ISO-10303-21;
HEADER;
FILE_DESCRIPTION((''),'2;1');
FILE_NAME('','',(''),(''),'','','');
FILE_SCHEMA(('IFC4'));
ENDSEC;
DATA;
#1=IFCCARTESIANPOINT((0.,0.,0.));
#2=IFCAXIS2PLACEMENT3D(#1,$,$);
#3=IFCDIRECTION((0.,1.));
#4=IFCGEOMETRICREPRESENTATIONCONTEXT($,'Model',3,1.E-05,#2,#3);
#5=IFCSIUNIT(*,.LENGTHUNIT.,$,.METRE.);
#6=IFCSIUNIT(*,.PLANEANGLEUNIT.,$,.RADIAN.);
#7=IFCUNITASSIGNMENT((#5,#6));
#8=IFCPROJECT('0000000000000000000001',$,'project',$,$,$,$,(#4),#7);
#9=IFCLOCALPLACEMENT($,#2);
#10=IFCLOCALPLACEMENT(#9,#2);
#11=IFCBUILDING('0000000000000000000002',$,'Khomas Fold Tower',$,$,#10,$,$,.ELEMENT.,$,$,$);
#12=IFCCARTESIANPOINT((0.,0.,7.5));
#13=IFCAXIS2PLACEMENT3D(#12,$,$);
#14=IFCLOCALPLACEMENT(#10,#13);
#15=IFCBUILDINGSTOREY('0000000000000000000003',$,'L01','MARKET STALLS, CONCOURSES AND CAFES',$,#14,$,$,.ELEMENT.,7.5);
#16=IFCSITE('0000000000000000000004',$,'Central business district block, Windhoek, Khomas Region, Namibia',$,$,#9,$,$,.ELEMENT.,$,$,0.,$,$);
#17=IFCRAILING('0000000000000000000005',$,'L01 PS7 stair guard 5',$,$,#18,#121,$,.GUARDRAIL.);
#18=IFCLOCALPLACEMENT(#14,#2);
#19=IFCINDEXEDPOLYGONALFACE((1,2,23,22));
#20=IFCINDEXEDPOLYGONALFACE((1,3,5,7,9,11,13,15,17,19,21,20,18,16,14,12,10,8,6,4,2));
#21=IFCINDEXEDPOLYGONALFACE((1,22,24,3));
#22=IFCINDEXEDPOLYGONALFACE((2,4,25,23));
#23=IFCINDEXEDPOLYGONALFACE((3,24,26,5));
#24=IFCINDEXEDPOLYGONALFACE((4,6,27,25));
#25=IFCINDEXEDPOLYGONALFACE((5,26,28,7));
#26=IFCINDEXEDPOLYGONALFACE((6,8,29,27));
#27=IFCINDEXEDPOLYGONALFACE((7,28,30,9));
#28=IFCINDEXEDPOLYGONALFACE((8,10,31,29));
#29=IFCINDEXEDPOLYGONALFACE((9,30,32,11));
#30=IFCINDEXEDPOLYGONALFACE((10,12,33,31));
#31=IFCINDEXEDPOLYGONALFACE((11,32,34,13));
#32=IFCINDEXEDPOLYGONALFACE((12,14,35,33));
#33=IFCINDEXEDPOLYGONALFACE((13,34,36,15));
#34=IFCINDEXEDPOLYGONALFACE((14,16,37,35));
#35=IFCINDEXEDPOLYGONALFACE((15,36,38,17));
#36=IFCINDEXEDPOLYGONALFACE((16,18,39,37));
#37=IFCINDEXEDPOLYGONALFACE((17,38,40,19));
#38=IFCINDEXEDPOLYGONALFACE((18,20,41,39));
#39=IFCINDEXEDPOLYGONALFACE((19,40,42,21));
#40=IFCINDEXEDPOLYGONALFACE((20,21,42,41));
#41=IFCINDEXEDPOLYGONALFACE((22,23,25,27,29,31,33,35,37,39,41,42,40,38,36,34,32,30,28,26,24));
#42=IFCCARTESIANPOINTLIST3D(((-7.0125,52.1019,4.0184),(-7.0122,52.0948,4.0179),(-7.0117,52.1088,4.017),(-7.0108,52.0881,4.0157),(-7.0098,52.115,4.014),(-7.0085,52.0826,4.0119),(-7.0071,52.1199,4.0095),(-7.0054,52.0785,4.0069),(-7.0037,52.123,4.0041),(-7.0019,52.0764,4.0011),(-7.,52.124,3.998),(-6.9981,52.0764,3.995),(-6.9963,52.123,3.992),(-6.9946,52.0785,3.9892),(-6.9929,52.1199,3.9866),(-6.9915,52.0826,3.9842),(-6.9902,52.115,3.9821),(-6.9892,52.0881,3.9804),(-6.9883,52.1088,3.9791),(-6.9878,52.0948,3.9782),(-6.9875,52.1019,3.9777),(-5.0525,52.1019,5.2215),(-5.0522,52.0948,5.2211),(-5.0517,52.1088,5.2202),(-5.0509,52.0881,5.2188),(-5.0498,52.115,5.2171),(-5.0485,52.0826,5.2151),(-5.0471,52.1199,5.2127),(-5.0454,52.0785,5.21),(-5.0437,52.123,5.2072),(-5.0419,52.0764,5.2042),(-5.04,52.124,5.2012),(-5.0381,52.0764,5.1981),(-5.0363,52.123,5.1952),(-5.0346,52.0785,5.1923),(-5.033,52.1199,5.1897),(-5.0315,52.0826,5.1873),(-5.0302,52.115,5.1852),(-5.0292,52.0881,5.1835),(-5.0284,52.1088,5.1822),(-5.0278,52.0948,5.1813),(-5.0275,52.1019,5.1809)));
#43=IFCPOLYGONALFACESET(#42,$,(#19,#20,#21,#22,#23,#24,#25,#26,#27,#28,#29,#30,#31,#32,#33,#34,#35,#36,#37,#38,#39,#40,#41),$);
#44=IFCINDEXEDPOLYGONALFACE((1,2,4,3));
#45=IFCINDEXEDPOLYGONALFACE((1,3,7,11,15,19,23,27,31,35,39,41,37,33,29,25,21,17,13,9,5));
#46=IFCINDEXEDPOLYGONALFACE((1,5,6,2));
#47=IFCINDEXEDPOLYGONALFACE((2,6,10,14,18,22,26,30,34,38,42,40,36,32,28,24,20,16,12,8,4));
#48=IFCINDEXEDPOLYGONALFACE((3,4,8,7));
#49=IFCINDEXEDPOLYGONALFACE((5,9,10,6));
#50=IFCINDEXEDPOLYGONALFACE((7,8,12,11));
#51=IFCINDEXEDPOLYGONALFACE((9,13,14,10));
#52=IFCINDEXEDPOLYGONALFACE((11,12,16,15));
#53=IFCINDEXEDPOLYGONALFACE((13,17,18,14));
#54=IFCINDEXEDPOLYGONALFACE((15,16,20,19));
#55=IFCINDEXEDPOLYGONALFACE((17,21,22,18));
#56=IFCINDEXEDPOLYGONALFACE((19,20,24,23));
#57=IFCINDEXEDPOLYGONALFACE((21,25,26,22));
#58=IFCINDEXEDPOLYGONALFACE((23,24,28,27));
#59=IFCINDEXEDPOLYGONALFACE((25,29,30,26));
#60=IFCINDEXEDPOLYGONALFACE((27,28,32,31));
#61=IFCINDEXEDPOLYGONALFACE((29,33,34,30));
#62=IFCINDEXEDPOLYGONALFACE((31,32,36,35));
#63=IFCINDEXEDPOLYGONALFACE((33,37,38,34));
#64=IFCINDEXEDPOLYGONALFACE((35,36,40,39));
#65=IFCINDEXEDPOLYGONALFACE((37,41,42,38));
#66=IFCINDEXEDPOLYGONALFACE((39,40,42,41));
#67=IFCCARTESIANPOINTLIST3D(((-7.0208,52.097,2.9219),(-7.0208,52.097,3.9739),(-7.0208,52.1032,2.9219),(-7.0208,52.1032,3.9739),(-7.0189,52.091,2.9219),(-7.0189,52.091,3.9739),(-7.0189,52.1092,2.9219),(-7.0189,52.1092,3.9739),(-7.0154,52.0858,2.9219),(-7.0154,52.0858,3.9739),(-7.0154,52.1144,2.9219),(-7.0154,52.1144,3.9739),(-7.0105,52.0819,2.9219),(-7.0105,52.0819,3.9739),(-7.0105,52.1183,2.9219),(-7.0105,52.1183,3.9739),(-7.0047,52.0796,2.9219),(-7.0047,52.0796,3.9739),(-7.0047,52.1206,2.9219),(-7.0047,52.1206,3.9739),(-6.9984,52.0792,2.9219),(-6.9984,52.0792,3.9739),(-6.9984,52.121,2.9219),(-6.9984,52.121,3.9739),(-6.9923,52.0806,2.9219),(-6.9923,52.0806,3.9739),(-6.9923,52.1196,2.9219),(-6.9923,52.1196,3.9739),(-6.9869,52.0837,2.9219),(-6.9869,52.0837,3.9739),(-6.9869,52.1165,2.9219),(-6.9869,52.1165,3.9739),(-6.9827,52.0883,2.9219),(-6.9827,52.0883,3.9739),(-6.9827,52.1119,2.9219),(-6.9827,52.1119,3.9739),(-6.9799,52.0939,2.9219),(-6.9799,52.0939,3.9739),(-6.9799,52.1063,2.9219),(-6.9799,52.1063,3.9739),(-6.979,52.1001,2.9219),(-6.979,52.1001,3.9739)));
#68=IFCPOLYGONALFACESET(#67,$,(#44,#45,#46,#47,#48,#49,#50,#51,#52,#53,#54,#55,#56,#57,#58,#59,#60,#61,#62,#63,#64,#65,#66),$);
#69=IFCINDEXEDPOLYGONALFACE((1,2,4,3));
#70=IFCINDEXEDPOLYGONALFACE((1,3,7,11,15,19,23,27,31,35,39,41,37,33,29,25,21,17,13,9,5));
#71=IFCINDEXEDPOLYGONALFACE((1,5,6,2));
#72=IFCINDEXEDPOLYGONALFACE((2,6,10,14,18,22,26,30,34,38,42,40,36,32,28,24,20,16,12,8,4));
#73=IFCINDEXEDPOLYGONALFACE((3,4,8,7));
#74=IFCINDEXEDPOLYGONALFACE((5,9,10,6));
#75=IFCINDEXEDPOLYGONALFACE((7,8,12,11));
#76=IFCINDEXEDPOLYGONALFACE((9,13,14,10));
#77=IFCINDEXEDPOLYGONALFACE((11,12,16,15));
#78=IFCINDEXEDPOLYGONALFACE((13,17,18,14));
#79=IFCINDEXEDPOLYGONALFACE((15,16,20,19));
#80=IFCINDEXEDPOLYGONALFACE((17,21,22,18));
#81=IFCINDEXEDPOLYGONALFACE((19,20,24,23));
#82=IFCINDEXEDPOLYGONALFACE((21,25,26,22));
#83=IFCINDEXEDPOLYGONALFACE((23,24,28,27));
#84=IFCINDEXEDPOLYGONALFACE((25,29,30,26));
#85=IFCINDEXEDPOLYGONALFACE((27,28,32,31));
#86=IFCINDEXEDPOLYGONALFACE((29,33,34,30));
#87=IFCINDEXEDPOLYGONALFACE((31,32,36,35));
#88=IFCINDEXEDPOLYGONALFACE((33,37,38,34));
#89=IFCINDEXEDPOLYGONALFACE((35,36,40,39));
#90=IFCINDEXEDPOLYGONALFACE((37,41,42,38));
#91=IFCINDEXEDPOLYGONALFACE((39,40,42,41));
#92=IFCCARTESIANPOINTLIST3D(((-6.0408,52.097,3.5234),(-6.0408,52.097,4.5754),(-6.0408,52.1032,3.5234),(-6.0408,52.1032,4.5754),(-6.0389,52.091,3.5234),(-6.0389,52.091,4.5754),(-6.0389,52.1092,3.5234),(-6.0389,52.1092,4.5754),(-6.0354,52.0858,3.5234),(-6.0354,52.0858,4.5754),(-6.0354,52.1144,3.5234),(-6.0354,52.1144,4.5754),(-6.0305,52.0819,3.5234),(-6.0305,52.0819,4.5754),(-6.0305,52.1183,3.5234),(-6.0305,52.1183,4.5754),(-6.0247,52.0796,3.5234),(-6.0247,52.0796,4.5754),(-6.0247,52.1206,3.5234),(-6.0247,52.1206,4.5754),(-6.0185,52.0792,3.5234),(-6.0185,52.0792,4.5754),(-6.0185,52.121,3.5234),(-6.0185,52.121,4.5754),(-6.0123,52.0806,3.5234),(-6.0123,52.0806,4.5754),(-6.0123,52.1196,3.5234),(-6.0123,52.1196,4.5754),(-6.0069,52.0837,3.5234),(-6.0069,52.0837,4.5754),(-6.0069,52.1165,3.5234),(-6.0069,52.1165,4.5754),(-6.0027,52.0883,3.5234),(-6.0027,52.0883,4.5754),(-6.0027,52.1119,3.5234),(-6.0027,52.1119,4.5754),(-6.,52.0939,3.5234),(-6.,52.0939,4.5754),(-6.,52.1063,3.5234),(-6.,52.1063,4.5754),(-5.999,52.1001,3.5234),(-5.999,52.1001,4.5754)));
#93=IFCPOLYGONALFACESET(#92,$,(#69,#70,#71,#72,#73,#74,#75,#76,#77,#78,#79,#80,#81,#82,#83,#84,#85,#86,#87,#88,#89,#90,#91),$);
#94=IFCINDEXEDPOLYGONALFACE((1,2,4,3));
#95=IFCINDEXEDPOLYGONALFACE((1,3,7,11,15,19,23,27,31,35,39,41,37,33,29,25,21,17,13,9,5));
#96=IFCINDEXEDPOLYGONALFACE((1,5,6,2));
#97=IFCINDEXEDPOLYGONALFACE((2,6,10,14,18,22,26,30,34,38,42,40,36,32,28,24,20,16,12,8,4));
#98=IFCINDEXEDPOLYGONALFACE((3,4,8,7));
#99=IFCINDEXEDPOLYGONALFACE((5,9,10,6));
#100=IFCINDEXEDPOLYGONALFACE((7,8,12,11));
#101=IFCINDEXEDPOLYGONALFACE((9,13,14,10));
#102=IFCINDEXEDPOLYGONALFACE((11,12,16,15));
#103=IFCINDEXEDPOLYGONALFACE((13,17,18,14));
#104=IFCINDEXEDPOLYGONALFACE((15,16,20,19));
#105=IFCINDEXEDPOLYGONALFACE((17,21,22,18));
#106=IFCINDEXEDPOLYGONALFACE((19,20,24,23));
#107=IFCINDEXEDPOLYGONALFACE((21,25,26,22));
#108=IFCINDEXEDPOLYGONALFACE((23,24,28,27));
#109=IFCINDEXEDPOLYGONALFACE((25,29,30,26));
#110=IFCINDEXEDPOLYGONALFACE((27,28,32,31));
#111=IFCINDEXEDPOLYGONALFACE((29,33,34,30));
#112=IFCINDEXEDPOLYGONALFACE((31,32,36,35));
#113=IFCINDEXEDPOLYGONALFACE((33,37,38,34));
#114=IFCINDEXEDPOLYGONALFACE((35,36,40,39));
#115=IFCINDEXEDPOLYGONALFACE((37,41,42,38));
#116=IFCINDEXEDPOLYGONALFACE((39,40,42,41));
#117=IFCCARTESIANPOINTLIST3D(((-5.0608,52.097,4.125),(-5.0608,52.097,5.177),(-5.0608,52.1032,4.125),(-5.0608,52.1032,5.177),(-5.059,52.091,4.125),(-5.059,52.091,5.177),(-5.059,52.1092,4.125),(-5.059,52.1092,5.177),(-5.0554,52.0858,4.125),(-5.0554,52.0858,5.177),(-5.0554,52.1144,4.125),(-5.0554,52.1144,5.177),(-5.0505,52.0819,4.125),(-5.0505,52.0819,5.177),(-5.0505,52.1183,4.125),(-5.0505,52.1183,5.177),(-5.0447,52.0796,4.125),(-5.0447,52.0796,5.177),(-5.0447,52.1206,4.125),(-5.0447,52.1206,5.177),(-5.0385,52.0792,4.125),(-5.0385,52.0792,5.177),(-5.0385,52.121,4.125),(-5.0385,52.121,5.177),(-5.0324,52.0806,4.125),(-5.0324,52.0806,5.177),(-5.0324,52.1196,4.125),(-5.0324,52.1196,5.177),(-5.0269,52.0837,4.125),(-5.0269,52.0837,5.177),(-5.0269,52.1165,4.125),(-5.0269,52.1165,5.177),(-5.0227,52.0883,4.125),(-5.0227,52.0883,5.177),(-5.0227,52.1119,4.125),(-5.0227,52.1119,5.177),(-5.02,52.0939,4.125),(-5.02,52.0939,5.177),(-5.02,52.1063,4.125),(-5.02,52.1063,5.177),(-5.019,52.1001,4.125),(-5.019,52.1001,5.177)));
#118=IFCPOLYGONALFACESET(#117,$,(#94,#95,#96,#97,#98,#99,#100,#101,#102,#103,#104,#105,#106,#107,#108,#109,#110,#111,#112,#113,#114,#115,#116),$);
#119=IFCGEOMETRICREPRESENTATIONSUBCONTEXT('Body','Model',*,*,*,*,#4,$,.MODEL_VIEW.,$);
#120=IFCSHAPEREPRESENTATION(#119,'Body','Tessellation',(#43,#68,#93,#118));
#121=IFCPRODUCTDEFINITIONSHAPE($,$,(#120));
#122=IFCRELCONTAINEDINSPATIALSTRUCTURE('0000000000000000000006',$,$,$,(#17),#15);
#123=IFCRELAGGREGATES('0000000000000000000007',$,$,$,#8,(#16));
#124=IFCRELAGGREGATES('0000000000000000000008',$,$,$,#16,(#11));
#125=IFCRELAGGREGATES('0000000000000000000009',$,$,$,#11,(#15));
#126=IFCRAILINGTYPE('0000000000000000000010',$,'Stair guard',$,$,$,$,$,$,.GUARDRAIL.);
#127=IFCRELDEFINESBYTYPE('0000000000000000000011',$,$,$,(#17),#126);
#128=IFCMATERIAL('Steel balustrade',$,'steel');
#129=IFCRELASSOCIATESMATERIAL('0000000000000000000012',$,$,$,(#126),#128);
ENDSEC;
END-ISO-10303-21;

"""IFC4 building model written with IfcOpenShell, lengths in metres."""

from ifc_helpers import new_model, si_unit, direction, frame, origin, origin_2d, place, context, subcontext, project, spatial, circle, extrude, source, transform, mapped, material, type_object, element, save


model = new_model("IFC4")

# Units and contexts
model_context = context("Model", 3, precision=1e-05, world=origin(), true_north=direction((0.0, 1.0)))
body_context = subcontext(model_context, "Body", "Model", "MODEL_VIEW")
ifc_project = project(units=[si_unit("LENGTHUNIT", "METRE"), si_unit("PLANEANGLEUNIT", "RADIAN")], contexts=[model_context])

# Site, building, storey
site_placement = place(None, origin())
site = spatial("IfcSite", under=ifc_project, at=site_placement, Name="Central business district block, Windhoek, Khomas Region, Namibia", CompositionType="ELEMENT", RefElevation=0.0)
building_placement = place(site_placement, origin())
building = spatial("IfcBuilding", under=site, at=building_placement, Name="Khomas Fold Tower", CompositionType="ELEMENT")
storey_placement = place(building_placement, frame((0.0, 0.0, 7.5)))
storey = spatial("IfcBuildingStorey", under=building, at=storey_placement, Name="L01", Description="MARKET STALLS, CONCOURSES AND CAFES", CompositionType="ELEMENT", Elevation=7.5)

# Railing
ifc_material_1 = material(Name="Steel balustrade", Category="steel")
railing_type_1 = type_object("IfcRailingType", Name="Stair guard", PredefinedType="GUARDRAIL", material=ifc_material_1)
shared_shape_1 = source(origin(), body_context, "Body", "SweptSolid", [
    extrude(circle(Radius=0.0239, at=origin_2d()), frame((0.0, 0.0, 1.0762), z_axis=(0.852241, 0.0, 0.523149), x_axis=(0.0, 1.0, 0.0)), (0.0, 0.0, 1.0), 2.2998),
    extrude(circle(Radius=0.021, at=origin_2d()), origin(), (0.0, 0.0, 1.0), 1.052),
    extrude(circle(Radius=0.021, at=origin_2d()), frame((0.98, 0.0, 0.6016)), (0.0, 0.0, 1.0), 1.052),
    extrude(circle(Radius=0.021, at=origin_2d()), frame((1.96, 0.0, 1.2031)), (0.0, 0.0, 1.0), 1.052),
])
for number, where, name in (
    (1, (-7.0, 52.1001, 2.9219), "L01 PS7 stair guard 5"),
):
    element("IfcRailing", number, at=place(storey_placement, frame(where)), inside=storey, type_object=railing_type_1, Name=name, PredefinedType="GUARDRAIL", context=body_context, shape_type="MappedRepresentation", body=[
        mapped(shared_shape_1, transform((0.0, 0.0, 0.0))),
    ])

save(model, "model.ifc")
